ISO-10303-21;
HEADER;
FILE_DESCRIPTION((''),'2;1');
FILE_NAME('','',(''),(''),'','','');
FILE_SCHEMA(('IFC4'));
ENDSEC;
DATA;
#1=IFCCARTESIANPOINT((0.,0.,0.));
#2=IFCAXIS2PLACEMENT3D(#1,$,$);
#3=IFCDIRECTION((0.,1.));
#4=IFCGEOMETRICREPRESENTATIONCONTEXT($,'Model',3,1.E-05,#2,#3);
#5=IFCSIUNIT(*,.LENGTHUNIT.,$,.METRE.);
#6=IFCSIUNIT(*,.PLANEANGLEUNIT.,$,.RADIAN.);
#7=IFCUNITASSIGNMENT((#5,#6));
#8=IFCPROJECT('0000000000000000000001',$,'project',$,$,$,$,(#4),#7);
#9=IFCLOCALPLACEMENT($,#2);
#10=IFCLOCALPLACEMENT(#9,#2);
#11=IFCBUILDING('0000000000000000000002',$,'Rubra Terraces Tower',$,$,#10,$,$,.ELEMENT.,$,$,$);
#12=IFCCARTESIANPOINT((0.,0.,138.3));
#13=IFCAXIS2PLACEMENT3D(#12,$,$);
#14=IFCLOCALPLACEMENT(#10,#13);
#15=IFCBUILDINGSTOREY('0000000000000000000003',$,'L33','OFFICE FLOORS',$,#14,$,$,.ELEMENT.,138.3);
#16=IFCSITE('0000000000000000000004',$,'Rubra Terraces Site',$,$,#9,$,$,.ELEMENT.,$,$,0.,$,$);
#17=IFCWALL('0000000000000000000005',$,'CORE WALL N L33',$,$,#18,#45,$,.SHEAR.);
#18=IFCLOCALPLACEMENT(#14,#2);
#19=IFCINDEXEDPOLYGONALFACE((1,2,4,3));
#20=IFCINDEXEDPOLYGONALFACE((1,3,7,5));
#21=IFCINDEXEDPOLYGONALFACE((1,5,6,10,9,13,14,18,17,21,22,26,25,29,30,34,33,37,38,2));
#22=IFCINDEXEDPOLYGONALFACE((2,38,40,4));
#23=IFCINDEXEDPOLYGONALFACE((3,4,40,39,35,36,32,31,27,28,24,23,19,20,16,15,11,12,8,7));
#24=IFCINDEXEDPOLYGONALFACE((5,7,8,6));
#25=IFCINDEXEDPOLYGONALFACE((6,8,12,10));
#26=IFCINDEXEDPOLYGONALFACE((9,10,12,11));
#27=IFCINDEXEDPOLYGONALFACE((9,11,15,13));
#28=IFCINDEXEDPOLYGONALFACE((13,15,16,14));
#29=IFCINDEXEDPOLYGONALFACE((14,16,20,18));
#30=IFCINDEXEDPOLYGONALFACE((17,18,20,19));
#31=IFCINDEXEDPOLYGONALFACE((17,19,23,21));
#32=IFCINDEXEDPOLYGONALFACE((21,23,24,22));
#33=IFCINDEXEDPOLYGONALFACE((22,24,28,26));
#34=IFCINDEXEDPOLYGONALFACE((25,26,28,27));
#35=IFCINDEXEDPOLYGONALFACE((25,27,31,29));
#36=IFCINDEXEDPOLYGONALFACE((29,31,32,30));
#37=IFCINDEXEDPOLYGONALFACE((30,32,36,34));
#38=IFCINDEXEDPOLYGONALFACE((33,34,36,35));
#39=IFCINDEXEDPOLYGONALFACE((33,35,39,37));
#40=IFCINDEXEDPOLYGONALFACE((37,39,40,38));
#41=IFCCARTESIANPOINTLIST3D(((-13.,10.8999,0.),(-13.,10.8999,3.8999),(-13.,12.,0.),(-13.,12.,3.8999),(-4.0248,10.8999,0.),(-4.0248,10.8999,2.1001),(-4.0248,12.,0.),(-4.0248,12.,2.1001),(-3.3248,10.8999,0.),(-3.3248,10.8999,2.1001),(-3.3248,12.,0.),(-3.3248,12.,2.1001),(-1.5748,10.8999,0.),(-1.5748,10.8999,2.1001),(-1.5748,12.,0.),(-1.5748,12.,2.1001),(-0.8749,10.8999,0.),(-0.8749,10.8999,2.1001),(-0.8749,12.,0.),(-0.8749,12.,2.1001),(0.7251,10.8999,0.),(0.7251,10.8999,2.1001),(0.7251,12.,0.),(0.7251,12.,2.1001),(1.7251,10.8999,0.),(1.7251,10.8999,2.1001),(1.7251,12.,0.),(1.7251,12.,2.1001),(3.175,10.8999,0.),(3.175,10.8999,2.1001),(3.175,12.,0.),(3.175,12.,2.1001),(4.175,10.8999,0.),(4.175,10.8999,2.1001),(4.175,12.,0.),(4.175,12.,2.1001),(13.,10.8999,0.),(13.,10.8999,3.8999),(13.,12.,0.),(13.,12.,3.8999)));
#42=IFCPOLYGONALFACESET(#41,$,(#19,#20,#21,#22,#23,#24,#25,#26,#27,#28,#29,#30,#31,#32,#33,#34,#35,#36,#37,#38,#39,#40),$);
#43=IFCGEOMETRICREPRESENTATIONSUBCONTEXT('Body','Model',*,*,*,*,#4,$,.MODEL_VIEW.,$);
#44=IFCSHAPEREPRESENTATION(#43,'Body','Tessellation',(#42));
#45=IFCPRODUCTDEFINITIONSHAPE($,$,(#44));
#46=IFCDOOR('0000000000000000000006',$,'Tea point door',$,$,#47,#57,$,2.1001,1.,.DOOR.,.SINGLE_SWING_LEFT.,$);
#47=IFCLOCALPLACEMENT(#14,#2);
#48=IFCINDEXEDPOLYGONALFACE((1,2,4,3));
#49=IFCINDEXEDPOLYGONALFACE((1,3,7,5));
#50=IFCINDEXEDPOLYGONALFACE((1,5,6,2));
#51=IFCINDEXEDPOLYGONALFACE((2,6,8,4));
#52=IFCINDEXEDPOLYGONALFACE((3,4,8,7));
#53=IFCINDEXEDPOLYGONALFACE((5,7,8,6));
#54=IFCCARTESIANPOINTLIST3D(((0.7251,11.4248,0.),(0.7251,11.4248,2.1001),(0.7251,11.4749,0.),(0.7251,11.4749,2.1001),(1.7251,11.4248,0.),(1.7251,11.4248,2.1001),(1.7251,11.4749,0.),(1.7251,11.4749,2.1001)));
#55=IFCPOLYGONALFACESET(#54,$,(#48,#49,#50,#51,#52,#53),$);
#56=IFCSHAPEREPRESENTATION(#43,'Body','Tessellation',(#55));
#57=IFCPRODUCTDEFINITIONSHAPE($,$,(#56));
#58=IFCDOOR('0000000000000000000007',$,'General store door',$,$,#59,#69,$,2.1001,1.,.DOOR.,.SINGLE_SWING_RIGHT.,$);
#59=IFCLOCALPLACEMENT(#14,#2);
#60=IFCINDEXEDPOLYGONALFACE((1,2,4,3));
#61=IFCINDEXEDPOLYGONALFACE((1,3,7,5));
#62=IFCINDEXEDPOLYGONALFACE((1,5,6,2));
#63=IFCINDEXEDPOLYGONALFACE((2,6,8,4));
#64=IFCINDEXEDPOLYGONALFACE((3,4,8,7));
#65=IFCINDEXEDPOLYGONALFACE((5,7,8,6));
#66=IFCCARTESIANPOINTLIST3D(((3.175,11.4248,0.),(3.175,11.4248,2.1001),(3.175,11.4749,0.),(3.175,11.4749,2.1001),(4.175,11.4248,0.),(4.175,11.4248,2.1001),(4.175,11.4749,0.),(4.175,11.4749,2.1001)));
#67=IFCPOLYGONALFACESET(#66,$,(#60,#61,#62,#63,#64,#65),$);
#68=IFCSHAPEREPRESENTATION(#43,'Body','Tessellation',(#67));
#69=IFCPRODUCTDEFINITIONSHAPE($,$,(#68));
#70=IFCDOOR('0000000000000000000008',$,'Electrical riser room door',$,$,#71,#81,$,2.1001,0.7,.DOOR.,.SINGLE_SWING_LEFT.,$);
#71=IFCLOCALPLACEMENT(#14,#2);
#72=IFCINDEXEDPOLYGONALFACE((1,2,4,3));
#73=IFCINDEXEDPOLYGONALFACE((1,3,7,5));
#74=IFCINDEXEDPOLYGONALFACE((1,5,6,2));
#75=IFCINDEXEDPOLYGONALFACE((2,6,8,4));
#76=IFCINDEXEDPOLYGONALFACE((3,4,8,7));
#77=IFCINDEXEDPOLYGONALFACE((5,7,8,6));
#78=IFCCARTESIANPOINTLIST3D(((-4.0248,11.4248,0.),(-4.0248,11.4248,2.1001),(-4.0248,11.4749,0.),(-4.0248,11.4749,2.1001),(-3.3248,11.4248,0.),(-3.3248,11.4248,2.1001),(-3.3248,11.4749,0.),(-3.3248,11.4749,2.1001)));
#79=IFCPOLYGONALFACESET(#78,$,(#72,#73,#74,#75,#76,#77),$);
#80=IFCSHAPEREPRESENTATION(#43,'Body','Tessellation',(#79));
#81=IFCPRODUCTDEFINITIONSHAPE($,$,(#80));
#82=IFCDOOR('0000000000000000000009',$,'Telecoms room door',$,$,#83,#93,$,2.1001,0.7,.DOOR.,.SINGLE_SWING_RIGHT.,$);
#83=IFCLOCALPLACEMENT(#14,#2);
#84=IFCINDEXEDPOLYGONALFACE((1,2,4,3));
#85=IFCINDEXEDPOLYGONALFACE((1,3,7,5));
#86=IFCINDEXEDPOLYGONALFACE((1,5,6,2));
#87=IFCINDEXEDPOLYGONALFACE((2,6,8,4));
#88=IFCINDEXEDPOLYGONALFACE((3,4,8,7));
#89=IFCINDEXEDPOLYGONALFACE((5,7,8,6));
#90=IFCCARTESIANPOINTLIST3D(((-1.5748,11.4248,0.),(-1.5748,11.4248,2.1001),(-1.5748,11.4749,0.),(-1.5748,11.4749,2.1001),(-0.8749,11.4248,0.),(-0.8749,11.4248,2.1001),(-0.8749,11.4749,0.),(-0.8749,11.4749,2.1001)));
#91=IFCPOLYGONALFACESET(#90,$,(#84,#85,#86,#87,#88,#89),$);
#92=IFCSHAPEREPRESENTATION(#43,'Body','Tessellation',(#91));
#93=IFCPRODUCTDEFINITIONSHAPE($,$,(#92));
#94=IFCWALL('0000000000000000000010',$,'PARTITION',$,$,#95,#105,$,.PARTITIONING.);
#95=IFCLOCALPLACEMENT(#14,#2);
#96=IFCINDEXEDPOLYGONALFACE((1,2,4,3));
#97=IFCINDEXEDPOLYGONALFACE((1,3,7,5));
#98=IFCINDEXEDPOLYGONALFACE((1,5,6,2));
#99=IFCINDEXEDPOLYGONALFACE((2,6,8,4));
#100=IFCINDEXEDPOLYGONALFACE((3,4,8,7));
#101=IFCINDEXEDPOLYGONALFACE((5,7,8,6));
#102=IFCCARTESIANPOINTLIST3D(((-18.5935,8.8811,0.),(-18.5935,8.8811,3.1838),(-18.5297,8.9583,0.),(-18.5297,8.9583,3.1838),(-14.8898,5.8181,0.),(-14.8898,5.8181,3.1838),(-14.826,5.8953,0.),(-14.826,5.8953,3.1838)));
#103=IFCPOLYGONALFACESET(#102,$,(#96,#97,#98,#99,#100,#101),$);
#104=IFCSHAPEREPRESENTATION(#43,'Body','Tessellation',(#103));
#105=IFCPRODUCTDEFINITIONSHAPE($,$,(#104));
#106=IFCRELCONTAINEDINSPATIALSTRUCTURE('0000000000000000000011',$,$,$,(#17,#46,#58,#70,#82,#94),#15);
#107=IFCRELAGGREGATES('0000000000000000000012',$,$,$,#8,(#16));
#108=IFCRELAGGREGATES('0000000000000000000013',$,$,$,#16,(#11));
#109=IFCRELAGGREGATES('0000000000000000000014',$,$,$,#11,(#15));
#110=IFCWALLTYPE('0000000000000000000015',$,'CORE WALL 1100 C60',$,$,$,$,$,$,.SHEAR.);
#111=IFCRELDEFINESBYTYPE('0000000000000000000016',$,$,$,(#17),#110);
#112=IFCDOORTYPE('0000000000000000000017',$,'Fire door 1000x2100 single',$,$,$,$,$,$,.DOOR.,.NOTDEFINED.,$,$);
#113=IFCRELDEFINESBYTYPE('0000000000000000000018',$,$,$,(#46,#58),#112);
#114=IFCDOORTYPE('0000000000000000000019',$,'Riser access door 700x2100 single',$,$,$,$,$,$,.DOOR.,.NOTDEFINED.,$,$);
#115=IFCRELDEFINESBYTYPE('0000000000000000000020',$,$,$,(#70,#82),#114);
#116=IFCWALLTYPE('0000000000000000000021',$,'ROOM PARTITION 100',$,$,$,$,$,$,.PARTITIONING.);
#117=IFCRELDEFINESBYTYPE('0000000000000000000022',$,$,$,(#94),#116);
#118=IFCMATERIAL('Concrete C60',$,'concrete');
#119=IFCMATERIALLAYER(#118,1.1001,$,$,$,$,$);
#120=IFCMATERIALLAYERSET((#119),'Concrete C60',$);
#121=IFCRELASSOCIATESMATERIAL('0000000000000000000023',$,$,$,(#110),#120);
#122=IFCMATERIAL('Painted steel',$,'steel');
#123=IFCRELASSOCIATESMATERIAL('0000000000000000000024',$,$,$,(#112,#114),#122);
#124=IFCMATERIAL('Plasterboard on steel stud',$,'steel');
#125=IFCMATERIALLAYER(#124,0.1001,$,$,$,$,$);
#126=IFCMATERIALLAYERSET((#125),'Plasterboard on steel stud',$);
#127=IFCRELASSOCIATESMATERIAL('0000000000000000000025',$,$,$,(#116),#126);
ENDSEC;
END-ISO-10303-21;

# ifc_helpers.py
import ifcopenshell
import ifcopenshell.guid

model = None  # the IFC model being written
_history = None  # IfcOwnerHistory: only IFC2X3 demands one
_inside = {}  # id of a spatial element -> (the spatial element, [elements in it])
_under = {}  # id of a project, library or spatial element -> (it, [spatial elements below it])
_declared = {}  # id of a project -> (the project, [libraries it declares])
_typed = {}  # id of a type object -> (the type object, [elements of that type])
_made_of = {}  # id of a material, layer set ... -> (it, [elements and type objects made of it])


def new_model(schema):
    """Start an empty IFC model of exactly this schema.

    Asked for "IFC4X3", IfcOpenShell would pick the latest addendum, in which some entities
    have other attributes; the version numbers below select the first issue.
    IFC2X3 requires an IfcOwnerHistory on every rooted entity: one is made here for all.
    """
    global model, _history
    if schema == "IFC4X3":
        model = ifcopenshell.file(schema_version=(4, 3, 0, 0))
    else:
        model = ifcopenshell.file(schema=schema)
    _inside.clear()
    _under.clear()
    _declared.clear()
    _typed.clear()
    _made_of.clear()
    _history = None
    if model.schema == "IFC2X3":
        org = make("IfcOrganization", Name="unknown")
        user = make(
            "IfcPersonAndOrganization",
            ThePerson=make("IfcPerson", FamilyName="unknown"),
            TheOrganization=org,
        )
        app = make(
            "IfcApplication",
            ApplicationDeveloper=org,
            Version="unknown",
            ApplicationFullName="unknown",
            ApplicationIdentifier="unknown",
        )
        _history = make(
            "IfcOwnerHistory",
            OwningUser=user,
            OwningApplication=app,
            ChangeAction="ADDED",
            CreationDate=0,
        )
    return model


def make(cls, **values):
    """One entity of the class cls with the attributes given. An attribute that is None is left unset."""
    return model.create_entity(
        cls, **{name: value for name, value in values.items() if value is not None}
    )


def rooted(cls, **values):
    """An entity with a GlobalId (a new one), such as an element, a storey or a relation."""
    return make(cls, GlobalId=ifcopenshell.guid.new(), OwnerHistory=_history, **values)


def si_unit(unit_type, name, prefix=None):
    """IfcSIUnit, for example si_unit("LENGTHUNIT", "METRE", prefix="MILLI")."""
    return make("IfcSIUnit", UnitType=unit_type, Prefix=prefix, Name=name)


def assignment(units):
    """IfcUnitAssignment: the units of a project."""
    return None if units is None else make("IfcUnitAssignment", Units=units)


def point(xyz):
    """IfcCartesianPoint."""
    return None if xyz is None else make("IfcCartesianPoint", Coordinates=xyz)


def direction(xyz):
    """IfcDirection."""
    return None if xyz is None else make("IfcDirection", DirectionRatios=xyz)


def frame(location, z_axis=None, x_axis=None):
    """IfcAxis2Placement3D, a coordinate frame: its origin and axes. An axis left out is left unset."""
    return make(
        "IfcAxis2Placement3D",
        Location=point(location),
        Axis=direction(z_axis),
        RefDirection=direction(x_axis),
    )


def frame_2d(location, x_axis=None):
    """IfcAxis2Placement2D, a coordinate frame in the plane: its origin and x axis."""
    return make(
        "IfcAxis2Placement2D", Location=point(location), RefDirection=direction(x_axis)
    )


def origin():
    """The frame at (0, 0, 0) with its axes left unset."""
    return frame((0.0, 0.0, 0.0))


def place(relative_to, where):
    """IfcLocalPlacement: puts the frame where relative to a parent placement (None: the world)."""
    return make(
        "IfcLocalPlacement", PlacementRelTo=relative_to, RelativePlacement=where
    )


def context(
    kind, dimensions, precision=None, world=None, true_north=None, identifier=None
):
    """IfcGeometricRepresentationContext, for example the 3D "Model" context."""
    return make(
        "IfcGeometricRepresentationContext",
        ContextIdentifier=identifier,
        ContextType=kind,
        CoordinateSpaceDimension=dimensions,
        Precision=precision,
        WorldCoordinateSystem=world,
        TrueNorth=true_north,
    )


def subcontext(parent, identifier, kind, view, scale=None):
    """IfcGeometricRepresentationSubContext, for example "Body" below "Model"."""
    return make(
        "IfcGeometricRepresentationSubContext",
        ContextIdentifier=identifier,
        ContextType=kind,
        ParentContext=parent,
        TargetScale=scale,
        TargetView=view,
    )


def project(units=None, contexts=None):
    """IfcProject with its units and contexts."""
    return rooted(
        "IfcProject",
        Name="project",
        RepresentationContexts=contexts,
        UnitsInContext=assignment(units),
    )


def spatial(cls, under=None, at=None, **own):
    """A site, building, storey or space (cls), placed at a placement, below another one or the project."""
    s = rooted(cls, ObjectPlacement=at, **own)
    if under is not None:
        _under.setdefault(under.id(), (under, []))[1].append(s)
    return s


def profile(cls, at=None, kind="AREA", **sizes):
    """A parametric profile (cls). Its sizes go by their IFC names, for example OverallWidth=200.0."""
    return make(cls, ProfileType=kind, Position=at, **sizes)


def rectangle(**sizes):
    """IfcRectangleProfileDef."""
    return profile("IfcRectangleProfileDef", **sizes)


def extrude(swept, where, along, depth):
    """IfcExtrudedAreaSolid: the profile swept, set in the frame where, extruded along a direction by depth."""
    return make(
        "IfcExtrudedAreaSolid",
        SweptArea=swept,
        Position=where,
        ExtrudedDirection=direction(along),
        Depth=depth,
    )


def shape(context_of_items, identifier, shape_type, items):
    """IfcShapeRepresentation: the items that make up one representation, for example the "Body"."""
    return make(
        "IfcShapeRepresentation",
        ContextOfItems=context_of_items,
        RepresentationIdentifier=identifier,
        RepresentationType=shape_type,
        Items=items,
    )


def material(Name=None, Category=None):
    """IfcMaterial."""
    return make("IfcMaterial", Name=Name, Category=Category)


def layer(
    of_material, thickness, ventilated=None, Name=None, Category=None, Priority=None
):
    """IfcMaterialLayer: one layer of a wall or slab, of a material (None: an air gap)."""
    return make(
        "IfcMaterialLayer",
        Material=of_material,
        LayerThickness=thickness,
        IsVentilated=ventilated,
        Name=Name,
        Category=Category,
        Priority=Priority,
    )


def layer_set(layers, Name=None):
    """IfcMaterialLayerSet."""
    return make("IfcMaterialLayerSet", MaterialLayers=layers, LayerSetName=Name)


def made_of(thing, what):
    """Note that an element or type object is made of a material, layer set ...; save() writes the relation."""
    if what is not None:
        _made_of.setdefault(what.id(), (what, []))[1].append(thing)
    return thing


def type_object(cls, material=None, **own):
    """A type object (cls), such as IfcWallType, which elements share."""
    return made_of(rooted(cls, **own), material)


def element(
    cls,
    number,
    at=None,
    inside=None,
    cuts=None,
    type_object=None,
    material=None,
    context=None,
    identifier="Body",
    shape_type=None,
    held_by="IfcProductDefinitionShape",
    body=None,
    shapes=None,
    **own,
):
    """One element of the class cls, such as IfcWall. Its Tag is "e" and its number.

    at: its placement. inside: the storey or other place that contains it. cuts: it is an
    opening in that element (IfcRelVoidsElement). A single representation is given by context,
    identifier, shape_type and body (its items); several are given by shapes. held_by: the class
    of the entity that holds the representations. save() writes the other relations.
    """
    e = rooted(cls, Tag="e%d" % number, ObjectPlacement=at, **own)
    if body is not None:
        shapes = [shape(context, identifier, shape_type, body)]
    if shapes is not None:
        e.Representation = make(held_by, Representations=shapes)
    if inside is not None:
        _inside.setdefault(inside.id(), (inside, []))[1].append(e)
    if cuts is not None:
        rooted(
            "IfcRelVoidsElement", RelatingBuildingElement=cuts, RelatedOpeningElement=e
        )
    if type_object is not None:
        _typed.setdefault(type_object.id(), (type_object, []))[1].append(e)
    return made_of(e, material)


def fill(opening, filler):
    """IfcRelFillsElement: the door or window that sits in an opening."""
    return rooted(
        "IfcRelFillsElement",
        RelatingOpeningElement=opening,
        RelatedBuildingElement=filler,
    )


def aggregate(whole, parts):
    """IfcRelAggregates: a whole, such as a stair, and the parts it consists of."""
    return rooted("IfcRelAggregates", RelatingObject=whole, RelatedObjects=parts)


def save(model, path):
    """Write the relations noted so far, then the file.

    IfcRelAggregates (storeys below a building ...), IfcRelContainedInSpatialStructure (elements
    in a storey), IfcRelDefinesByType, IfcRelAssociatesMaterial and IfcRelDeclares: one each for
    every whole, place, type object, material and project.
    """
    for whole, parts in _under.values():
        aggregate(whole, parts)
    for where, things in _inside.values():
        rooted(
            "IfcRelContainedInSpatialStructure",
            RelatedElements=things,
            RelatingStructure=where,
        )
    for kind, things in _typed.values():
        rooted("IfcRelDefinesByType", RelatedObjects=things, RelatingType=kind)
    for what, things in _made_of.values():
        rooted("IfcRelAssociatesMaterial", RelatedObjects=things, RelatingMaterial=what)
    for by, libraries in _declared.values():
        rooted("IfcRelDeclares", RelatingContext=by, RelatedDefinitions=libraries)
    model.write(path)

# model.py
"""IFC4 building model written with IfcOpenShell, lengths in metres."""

from ifc_helpers import new_model, si_unit, direction, frame, frame_2d, origin, place, context, subcontext, project, spatial, rectangle, extrude, material, layer, layer_set, type_object, element, fill, save


model = new_model("IFC4")

# Units and contexts
model_context = context("Model", 3, precision=1e-05, world=origin(), true_north=direction((0.0, 1.0)))
body_context = subcontext(model_context, "Body", "Model", "MODEL_VIEW")
ifc_project = project(units=[si_unit("LENGTHUNIT", "METRE"), si_unit("PLANEANGLEUNIT", "RADIAN")], contexts=[model_context])

# Site, building, storey
site_placement = place(None, origin())
site = spatial("IfcSite", under=ifc_project, at=site_placement, Name="Rubra Terraces Site", CompositionType="ELEMENT", RefElevation=0.0)
building_placement = place(site_placement, origin())
building = spatial("IfcBuilding", under=site, at=building_placement, Name="Rubra Terraces Tower", CompositionType="ELEMENT")
storey_placement = place(building_placement, frame((0.0, 0.0, 138.3)))
storey = spatial("IfcBuildingStorey", under=building, at=storey_placement, Name="L33", Description="OFFICE FLOORS", CompositionType="ELEMENT", Elevation=138.3)

# Wall, openings, doors
ifc_material_1 = material(Name="Concrete C60", Category="concrete")
ifc_layer_1 = layer(ifc_material_1, 1.1001)
ifc_layer_set_1 = layer_set([ifc_layer_1], Name="Concrete C60")
wall_type_1 = type_object("IfcWallType", Name="CORE WALL 1100 C60", PredefinedType="SHEAR", material=ifc_layer_set_1)
wall_1_placement = place(storey_placement, frame((-13.0, 11.45, 0.0), z_axis=(0.0, 0.0, 1.0), x_axis=(1.0, 0.0, 0.0)))
wall_1 = element("IfcWall", 1, at=wall_1_placement, inside=storey, type_object=wall_type_1, Name="CORE WALL N L33", PredefinedType="SHEAR", context=body_context, shape_type="SweptSolid", body=[
    extrude(rectangle(XDim=26.0, YDim=1.1001, at=frame_2d((13.0, 0.0))), origin(), (0.0, 0.0, 1.0), 3.8999),
])
opening_1_placement = place(wall_1_placement, frame((8.9751, 0.0, 0.0)))
opening_1 = element("IfcOpeningElement", 2, at=opening_1_placement, cuts=wall_1, PredefinedType="OPENING", context=body_context, shape_type="SweptSolid", body=[
    extrude(rectangle(XDim=0.7, YDim=2.1001, at=frame_2d((0.3501, 1.05))), frame((0.0, 0.5601, 0.0), z_axis=(0.0, -1.0, 0.0), x_axis=(1.0, 0.0, 0.0)), (0.0, 0.0, 1.0), 1.1201),
])
opening_2_placement = place(wall_1_placement, frame((11.425, 0.0, 0.0)))
opening_2 = element("IfcOpeningElement", 3, at=opening_2_placement, cuts=wall_1, PredefinedType="OPENING", context=body_context, shape_type="SweptSolid", body=[
    extrude(rectangle(XDim=0.7, YDim=2.1001, at=frame_2d((0.3501, 1.05))), frame((0.0, 0.5601, 0.0), z_axis=(0.0, -1.0, 0.0), x_axis=(1.0, 0.0, 0.0)), (0.0, 0.0, 1.0), 1.1201),
])
opening_3_placement = place(wall_1_placement, frame((13.7251, 0.0, 0.0)))
opening_3 = element("IfcOpeningElement", 4, at=opening_3_placement, cuts=wall_1, PredefinedType="OPENING", context=body_context, shape_type="SweptSolid", body=[
    extrude(rectangle(XDim=1.0, YDim=2.1001, at=frame_2d((0.5, 1.05))), frame((0.0, 0.5601, 0.0), z_axis=(0.0, -1.0, 0.0), x_axis=(1.0, 0.0, 0.0)), (0.0, 0.0, 1.0), 1.1201),
])
opening_4_placement = place(wall_1_placement, frame((16.175, 0.0, 0.0)))
opening_4 = element("IfcOpeningElement", 5, at=opening_4_placement, cuts=wall_1, PredefinedType="OPENING", context=body_context, shape_type="SweptSolid", body=[
    extrude(rectangle(XDim=1.0, YDim=2.1001, at=frame_2d((0.5, 1.05))), frame((0.0, 0.5601, 0.0), z_axis=(0.0, -1.0, 0.0), x_axis=(1.0, 0.0, 0.0)), (0.0, 0.0, 1.0), 1.1201),
])
ifc_material_2 = material(Name="Painted steel", Category="steel")
door_type_1 = type_object("IfcDoorType", Name="Fire door 1000x2100 single", OperationType="NOTDEFINED", PredefinedType="DOOR", material=ifc_material_2)
door_1_placement = place(opening_3_placement, origin())
door_1 = element("IfcDoor", 6, at=door_1_placement, inside=storey, type_object=door_type_1, Name="Tea point door", OperationType="SINGLE_SWING_LEFT", OverallHeight=2.1001, OverallWidth=1.0, PredefinedType="DOOR", context=body_context, shape_type="SweptSolid", body=[
    extrude(rectangle(XDim=1.0, YDim=2.1001, at=frame_2d((0.5, 1.05))), frame((0.0, 0.0249, 0.0), z_axis=(0.0, -1.0, 0.0), x_axis=(1.0, 0.0, 0.0)), (0.0, 0.0, 1.0), 0.05),
])
fill(opening_3, door_1)
door_2_placement = place(opening_4_placement, origin())
door_2 = element("IfcDoor", 7, at=door_2_placement, inside=storey, type_object=door_type_1, Name="General store door", OperationType="SINGLE_SWING_RIGHT", OverallHeight=2.1001, OverallWidth=1.0, PredefinedType="DOOR", context=body_context, shape_type="SweptSolid", body=[
    extrude(rectangle(XDim=1.0, YDim=2.1001, at=frame_2d((0.5, 1.05))), frame((0.0, 0.0249, 0.0), z_axis=(0.0, -1.0, 0.0), x_axis=(1.0, 0.0, 0.0)), (0.0, 0.0, 1.0), 0.05),
])
fill(opening_4, door_2)
door_type_2 = type_object("IfcDoorType", Name="Riser access door 700x2100 single", OperationType="NOTDEFINED", PredefinedType="DOOR", material=ifc_material_2)
door_3_placement = place(opening_1_placement, origin())
door_3 = element("IfcDoor", 8, at=door_3_placement, inside=storey, type_object=door_type_2, Name="Electrical riser room door", OperationType="SINGLE_SWING_LEFT", OverallHeight=2.1001, OverallWidth=0.7, PredefinedType="DOOR", context=body_context, shape_type="SweptSolid", body=[
    extrude(rectangle(XDim=0.7, YDim=2.1001, at=frame_2d((0.3501, 1.05))), frame((0.0, 0.0249, 0.0), z_axis=(0.0, -1.0, 0.0), x_axis=(1.0, 0.0, 0.0)), (0.0, 0.0, 1.0), 0.05),
])
fill(opening_1, door_3)
door_4_placement = place(opening_2_placement, origin())
door_4 = element("IfcDoor", 9, at=door_4_placement, inside=storey, type_object=door_type_2, Name="Telecoms room door", OperationType="SINGLE_SWING_RIGHT", OverallHeight=2.1001, OverallWidth=0.7, PredefinedType="DOOR", context=body_context, shape_type="SweptSolid", body=[
    extrude(rectangle(XDim=0.7, YDim=2.1001, at=frame_2d((0.3501, 1.05))), frame((0.0, 0.0249, 0.0), z_axis=(0.0, -1.0, 0.0), x_axis=(1.0, 0.0, 0.0)), (0.0, 0.0, 1.0), 0.05),
])
fill(opening_2, door_4)

# Wall
ifc_material_3 = material(Name="Plasterboard on steel stud", Category="steel")
ifc_layer_2 = layer(ifc_material_3, 0.1001)
ifc_layer_set_2 = layer_set([ifc_layer_2], Name="Plasterboard on steel stud")
wall_type_2 = type_object("IfcWallType", Name="ROOM PARTITION 100", PredefinedType="PARTITIONING", material=ifc_layer_set_2)
wall_2_placement = place(storey_placement, frame((-14.8579, 5.8567, 0.0), z_axis=(0.0, 0.0, 1.0), x_axis=(-0.770606, 0.637312, 0.0)))
element("IfcWall", 10, at=wall_2_placement, inside=storey, type_object=wall_type_2, Name="PARTITION", PredefinedType="PARTITIONING", context=body_context, shape_type="SweptSolid", body=[
    extrude(rectangle(XDim=4.8062, YDim=0.1001, at=frame_2d((2.4031, 0.0))), origin(), (0.0, 0.0, 1.0), 3.1838),
])

save(model, "model.ifc")
